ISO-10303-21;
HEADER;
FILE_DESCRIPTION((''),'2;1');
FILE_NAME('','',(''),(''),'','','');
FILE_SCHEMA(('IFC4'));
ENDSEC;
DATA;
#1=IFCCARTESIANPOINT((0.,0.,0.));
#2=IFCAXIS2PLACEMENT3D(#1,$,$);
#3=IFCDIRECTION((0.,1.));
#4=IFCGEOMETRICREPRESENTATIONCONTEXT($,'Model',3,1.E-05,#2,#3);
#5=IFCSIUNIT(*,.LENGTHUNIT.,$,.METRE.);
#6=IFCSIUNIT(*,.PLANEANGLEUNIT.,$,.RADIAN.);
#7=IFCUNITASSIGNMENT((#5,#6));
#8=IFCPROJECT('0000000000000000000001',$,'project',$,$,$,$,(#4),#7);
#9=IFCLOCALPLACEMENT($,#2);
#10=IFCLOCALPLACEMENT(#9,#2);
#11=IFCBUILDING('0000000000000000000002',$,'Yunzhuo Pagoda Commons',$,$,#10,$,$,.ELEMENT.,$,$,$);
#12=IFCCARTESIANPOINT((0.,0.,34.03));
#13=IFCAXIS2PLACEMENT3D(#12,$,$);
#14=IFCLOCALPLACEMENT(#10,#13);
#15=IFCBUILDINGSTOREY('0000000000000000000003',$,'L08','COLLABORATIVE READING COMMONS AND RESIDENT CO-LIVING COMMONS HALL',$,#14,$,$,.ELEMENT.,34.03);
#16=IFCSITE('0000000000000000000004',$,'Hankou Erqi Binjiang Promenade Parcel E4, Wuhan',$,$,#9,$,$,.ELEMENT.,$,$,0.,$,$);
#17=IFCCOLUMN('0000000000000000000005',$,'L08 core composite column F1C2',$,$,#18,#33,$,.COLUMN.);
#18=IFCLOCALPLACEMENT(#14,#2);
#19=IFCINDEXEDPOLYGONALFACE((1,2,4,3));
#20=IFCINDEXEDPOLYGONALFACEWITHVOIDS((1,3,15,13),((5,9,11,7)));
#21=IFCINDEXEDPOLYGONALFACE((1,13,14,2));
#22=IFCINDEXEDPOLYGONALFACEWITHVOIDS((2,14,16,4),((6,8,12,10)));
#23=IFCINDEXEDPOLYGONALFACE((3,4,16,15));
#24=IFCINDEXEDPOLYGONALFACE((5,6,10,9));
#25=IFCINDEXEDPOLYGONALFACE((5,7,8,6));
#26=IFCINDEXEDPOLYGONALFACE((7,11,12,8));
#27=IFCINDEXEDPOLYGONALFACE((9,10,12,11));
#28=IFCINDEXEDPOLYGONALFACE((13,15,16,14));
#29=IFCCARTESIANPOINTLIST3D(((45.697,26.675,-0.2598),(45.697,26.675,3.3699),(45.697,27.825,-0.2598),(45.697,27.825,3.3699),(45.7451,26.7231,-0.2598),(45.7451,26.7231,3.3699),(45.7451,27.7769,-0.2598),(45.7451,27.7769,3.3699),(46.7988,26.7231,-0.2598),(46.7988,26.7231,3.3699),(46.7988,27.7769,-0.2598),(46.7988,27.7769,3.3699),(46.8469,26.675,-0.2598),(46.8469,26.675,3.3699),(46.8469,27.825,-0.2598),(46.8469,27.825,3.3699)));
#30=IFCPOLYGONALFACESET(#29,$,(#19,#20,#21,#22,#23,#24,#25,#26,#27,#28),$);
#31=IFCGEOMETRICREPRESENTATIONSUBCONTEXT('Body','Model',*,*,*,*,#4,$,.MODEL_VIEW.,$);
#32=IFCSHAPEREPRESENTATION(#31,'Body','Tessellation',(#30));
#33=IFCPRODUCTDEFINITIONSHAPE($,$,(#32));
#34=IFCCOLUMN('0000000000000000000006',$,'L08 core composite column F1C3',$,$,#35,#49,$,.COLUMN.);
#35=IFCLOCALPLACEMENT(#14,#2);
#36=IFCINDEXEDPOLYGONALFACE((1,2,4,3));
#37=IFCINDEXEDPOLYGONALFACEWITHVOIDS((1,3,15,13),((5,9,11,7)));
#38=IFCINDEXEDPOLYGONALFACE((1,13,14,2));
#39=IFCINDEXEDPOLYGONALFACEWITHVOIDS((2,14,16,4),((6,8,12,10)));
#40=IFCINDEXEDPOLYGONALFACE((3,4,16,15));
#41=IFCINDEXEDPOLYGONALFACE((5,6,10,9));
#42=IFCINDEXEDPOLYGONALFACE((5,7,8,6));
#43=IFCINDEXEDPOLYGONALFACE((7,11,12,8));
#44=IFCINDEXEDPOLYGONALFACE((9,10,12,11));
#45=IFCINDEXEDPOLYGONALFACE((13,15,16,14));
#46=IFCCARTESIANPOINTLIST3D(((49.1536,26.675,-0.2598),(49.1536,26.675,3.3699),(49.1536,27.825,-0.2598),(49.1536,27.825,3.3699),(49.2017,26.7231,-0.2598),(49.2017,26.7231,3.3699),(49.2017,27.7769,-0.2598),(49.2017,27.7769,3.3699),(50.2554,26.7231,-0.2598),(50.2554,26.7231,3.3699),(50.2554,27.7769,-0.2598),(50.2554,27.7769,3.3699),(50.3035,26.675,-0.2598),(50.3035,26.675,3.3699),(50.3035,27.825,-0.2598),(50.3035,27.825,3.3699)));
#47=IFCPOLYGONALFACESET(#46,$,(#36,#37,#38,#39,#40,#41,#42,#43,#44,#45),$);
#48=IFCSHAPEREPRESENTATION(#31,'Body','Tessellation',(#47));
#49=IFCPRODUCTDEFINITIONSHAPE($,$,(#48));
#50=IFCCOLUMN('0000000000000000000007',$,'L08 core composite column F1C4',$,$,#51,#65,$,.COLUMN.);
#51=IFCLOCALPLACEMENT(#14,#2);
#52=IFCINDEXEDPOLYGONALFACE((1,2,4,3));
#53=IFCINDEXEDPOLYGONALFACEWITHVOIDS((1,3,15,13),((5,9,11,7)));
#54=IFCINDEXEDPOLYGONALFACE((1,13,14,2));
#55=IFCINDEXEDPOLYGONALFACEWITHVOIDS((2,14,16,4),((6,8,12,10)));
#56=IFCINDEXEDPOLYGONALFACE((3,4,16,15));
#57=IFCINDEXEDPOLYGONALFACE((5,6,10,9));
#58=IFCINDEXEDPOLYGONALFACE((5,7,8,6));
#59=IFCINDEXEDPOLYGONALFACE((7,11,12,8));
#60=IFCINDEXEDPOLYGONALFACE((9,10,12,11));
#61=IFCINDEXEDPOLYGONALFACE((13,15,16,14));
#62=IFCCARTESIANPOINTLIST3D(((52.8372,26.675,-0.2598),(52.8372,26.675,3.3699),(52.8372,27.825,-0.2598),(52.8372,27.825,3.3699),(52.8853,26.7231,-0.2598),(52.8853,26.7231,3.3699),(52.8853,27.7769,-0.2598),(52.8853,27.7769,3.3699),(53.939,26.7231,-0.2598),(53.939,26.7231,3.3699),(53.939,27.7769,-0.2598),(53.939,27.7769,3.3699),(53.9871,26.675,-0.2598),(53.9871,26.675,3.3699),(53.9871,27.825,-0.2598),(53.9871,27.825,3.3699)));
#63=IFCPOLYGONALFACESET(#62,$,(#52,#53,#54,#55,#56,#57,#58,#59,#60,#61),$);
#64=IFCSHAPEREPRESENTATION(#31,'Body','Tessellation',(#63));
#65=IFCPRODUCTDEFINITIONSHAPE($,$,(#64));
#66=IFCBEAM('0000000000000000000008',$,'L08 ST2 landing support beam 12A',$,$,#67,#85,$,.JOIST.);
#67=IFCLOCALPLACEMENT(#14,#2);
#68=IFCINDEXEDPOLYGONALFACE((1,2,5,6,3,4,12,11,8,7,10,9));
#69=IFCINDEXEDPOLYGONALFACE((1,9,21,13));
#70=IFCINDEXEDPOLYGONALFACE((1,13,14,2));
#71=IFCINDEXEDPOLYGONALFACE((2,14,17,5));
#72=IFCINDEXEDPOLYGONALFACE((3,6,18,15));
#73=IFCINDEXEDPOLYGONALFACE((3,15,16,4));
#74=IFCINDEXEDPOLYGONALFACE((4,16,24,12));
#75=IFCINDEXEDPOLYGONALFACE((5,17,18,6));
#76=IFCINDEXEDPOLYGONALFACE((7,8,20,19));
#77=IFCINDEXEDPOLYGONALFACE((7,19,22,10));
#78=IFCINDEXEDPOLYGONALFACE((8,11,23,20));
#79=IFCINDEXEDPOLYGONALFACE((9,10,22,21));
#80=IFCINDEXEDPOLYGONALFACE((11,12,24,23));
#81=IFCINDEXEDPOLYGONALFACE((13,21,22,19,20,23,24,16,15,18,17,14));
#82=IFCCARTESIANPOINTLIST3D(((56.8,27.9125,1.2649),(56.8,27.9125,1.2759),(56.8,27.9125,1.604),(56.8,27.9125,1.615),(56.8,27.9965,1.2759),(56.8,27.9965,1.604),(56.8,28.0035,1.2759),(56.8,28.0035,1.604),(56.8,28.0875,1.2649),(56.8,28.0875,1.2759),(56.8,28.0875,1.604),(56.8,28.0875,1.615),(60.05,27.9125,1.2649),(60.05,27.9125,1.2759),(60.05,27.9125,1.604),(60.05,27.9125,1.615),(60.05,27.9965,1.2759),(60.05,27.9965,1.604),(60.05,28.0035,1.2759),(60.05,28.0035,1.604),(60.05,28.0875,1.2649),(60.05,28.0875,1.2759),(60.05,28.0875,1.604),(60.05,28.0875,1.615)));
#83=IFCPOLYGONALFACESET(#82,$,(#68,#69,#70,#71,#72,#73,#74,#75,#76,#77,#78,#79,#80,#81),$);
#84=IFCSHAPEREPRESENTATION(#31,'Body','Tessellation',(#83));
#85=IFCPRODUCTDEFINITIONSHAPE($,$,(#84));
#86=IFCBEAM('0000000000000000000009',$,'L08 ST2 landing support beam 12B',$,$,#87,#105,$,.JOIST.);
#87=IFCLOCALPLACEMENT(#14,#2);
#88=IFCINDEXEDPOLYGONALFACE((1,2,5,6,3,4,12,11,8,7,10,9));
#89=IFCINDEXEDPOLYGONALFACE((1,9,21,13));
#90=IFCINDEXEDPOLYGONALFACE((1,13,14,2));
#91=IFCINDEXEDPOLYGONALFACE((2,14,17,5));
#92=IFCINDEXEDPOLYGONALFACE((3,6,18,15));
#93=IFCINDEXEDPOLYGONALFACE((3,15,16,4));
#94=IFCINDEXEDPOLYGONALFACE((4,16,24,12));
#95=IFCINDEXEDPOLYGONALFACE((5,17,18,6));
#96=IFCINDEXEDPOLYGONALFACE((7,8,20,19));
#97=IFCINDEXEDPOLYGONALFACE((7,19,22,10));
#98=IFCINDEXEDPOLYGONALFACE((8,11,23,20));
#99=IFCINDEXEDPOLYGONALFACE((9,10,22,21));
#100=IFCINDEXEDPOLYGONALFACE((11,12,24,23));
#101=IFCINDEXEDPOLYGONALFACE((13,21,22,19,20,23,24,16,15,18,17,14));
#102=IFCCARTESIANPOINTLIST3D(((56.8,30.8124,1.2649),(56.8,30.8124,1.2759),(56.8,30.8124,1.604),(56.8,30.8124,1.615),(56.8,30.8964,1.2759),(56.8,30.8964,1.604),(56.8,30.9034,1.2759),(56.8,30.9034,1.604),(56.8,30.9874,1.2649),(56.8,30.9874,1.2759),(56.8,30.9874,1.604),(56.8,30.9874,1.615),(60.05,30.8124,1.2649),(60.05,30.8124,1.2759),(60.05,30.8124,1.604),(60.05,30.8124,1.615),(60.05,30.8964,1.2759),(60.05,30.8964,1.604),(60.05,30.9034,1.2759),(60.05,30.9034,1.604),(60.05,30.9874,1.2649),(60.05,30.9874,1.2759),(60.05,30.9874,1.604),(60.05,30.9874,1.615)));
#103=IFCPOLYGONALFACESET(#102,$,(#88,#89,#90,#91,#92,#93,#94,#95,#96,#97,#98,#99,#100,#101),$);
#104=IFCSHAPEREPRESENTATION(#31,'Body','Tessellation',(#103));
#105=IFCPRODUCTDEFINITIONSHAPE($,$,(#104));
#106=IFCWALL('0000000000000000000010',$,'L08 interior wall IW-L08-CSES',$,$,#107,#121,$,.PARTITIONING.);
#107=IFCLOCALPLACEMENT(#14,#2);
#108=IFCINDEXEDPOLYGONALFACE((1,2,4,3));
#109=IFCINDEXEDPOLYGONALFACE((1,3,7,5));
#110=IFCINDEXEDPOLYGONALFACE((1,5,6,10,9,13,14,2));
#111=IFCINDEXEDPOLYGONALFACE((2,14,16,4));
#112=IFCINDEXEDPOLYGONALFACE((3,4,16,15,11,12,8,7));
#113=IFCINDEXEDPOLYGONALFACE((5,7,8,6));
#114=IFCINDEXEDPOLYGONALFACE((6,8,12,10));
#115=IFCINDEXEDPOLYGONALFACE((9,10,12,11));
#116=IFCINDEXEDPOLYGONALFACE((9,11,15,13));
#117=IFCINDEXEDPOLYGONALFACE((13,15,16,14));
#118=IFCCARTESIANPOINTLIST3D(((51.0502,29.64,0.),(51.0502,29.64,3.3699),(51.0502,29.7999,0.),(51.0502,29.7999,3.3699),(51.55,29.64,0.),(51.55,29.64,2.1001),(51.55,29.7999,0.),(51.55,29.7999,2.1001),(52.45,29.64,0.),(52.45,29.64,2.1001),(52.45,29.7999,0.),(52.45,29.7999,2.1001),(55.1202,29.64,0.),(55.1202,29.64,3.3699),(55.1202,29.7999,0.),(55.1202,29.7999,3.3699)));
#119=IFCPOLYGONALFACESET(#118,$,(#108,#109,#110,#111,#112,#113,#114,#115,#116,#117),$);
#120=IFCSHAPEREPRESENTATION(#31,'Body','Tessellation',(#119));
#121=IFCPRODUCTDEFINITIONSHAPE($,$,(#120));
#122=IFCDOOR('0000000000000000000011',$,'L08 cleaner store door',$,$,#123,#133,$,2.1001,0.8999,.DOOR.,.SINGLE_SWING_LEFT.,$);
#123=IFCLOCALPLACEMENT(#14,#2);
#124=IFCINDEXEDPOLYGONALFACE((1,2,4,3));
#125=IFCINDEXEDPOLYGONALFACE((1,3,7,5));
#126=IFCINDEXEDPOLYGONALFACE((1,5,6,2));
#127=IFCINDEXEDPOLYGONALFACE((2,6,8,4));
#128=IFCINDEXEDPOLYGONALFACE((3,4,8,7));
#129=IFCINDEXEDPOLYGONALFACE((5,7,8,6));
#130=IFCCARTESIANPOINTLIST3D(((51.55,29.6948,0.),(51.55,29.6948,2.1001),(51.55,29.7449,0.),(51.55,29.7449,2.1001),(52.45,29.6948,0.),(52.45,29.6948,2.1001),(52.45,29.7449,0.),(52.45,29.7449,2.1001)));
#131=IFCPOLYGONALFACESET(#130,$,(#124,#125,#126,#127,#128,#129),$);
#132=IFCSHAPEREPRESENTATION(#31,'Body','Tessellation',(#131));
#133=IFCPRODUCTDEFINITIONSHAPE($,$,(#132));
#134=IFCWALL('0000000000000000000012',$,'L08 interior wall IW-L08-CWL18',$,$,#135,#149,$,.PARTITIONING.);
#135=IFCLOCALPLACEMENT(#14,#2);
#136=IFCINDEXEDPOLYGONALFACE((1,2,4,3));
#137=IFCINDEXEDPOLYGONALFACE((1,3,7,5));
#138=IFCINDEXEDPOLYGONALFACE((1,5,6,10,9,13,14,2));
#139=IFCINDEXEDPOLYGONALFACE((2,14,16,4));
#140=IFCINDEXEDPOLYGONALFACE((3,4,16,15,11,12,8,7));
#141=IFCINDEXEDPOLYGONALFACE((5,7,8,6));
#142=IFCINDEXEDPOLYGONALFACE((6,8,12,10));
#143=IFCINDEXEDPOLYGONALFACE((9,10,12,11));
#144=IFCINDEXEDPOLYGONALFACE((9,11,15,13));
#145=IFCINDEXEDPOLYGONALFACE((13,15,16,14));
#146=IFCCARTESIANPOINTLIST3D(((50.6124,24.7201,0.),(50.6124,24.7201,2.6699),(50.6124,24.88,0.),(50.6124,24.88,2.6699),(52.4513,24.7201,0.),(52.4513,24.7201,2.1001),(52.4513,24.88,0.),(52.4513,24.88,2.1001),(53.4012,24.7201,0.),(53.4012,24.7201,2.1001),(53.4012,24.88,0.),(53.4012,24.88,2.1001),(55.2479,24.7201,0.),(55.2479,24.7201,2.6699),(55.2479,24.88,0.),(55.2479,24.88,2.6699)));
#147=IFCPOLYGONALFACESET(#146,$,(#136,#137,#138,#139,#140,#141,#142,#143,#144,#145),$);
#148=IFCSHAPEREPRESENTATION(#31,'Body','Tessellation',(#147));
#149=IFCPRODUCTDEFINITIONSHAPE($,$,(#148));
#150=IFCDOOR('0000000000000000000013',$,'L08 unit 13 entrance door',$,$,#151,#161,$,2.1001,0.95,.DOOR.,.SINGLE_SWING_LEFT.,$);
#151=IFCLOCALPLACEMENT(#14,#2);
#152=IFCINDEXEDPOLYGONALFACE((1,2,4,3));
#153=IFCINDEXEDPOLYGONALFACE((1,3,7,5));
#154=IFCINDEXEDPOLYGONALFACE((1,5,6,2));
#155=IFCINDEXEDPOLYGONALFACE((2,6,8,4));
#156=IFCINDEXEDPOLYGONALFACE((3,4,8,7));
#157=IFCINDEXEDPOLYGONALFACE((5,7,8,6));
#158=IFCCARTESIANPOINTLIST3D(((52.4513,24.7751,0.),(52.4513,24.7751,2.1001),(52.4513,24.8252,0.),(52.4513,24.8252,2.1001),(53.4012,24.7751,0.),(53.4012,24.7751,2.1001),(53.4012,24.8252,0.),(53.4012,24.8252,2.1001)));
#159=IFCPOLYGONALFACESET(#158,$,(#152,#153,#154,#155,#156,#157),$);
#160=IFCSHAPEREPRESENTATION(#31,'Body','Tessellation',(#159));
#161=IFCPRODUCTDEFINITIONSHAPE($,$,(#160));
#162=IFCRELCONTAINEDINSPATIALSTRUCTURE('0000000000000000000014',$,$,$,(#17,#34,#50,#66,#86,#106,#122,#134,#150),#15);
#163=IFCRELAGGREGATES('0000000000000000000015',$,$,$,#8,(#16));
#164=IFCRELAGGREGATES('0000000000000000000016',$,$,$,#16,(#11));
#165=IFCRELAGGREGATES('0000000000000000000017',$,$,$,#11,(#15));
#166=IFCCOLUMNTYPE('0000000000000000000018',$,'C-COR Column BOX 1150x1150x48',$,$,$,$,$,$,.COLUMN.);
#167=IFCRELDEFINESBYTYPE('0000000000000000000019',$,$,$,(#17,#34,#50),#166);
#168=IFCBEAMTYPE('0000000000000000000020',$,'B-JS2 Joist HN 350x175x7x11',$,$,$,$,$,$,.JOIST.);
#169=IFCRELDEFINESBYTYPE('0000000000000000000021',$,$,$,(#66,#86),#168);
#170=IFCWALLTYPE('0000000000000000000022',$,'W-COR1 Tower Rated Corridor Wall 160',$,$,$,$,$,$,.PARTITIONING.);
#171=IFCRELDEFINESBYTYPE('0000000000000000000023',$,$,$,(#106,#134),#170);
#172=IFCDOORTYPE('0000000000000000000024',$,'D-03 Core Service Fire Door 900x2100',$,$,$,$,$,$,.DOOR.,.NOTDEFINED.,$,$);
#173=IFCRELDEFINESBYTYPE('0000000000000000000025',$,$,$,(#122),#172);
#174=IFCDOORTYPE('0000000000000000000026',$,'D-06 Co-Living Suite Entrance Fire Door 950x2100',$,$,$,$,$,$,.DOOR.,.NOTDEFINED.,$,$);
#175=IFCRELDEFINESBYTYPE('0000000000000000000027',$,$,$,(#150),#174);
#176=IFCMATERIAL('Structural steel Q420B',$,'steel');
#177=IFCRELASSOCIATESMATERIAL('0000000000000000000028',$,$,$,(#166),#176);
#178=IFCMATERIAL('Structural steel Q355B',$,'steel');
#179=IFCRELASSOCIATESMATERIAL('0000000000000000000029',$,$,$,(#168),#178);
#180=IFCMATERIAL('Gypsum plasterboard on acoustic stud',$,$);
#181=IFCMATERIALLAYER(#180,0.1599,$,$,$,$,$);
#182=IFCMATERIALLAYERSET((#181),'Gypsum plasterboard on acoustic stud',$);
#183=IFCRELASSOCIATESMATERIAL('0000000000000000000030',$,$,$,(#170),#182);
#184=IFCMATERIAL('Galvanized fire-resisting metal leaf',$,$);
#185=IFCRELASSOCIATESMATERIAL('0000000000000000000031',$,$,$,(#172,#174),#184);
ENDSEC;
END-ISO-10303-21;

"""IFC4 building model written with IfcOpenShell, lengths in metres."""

from ifc_helpers import new_model, si_unit, direction, frame, frame_2d, origin, origin_with_axes, origin_2d, place, context, subcontext, project, spatial, rectangle, hollow_rectangle, i_section, extrude, source, transform, mapped, material, layer, layer_set, material_profile, profile_set, type_object, element, fill, save


model = new_model("IFC4")

# Units and contexts
model_context = context("Model", 3, precision=1e-05, world=origin(), true_north=direction((0.0, 1.0)))
body_context = subcontext(model_context, "Body", "Model", "MODEL_VIEW")
ifc_project = project(units=[si_unit("LENGTHUNIT", "METRE"), si_unit("PLANEANGLEUNIT", "RADIAN")], contexts=[model_context])

# Site, building, storey
site_placement = place(None, origin())
site = spatial("IfcSite", under=ifc_project, at=site_placement, Name="Hankou Erqi Binjiang Promenade Parcel E4, Wuhan", CompositionType="ELEMENT", RefElevation=0.0)
building_placement = place(site_placement, origin())
building = spatial("IfcBuilding", under=site, at=building_placement, Name="Yunzhuo Pagoda Commons", CompositionType="ELEMENT")
storey_placement = place(building_placement, frame((0.0, 0.0, 34.03)))
storey = spatial("IfcBuildingStorey", under=building, at=storey_placement, Name="L08", Description="COLLABORATIVE READING COMMONS AND RESIDENT CO-LIVING COMMONS HALL", CompositionType="ELEMENT", Elevation=34.03)

# Columns
ifc_material_1 = material(Name="Structural steel Q420B", Category="steel")
ifc_material_profile_1 = material_profile(ifc_material_1, hollow_rectangle(XDim=1.1499, YDim=1.1499, WallThickness=0.0481, at=origin_2d()), Name="Structural steel Q420B")
ifc_profile_set_1 = profile_set([ifc_material_profile_1], Name="Structural steel Q420B")
column_type = type_object("IfcColumnType", Name="C-COR Column BOX 1150x1150x48", PredefinedType="COLUMN", material=ifc_profile_set_1)
shared_shape_1 = source(origin(), body_context, "Body", "SweptSolid", [
    extrude(hollow_rectangle(XDim=1.1499, YDim=1.1499, WallThickness=0.0481, at=origin_2d()), origin(), (0.0, 0.0, 1.0), 3.6296),
])
for number, where, z_axis, x_axis, name in (
    (1, (46.272, 27.25, -0.2598), (0.0, 0.0, 1.0), (1.0, 0.0, 0.0), "L08 core composite column F1C2"),
    (2, (49.7285, 27.25, -0.2598), (0.0, 0.0, 1.0), (1.0, 0.0, 0.0), "L08 core composite column F1C3"),
    (3, (53.4121, 27.25, -0.2598), (0.0, 0.0, 1.0), (1.0, 0.0, 0.0), "L08 core composite column F1C4"),
):
    element("IfcColumn", number, at=place(storey_placement, frame(where, z_axis=z_axis, x_axis=x_axis)), inside=storey, type_object=column_type, Name=name, PredefinedType="COLUMN", context=body_context, shape_type="MappedRepresentation", body=[
        mapped(shared_shape_1, transform((0.0, 0.0, 0.0), scale=1.0)),
    ])

# Beams
ifc_material_2 = material(Name="Structural steel Q355B", Category="steel")
ifc_material_profile_2 = material_profile(ifc_material_2, i_section(OverallWidth=0.175, OverallDepth=0.3501, WebThickness=0.0071, FlangeThickness=0.011, at=origin_2d()), Name="Structural steel Q355B")
ifc_profile_set_2 = profile_set([ifc_material_profile_2], Name="Structural steel Q355B")
beam_type = type_object("IfcBeamType", Name="B-JS2 Joist HN 350x175x7x11", PredefinedType="JOIST", material=ifc_profile_set_2)
shared_shape_2 = source(origin(), body_context, "Body", "SweptSolid", [
    extrude(i_section(OverallWidth=0.175, OverallDepth=0.3501, WebThickness=0.0071, FlangeThickness=0.011, at=origin_2d()), origin(), (0.0, 0.0, 1.0), 3.25),
])
for number, where, z_axis, x_axis, name in (
    (4, (56.8, 28.0, 1.4399), (1.0, 0.0, 0.0), (0.0, 1.0, 0.0), "L08 ST2 landing support beam 12A"),
    (5, (56.8, 30.8999, 1.4399), (1.0, 0.0, 0.0), (0.0, 1.0, 0.0), "L08 ST2 landing support beam 12B"),
):
    element("IfcBeam", number, at=place(storey_placement, frame(where, z_axis=z_axis, x_axis=x_axis)), inside=storey, type_object=beam_type, Name=name, PredefinedType="JOIST", context=body_context, shape_type="MappedRepresentation", body=[
        mapped(shared_shape_2, transform((0.0, 0.0, 0.0), scale=1.0)),
    ])

# Walls, openings, doors
ifc_material_3 = material(Name="Gypsum plasterboard on acoustic stud")
ifc_layer_1 = layer(ifc_material_3, 0.1599)
ifc_layer_set_1 = layer_set([ifc_layer_1], Name="Gypsum plasterboard on acoustic stud")
wall_type_1 = type_object("IfcWallType", Name="W-COR1 Tower Rated Corridor Wall 160", PredefinedType="PARTITIONING", material=ifc_layer_set_1)
wall_1_placement = place(storey_placement, frame((51.05, 29.72, 0.0), z_axis=(0.0, 0.0, 1.0), x_axis=(1.0, 0.0, 0.0)))
wall_1 = element("IfcWall", 6, at=wall_1_placement, inside=storey, type_object=wall_type_1, Name="L08 interior wall IW-L08-CSES", PredefinedType="PARTITIONING", context=body_context, shape_type="SweptSolid", body=[
    extrude(rectangle(XDim=4.0701, YDim=0.1599, at=frame_2d((2.0352, 0.0))), origin(), (0.0, 0.0, 1.0), 3.3699),
])
opening_1_placement = place(wall_1_placement, frame((0.5, 0.0, 0.0)))
opening_1 = element("IfcOpeningElement", 7, at=opening_1_placement, cuts=wall_1, PredefinedType="OPENING", context=body_context, shape_type="SweptSolid", body=[
    extrude(rectangle(XDim=0.8999, YDim=2.1001, at=frame_2d((0.45, 1.05))), frame((0.0, 0.0898, 0.0), z_axis=(0.0, -1.0, 0.0), x_axis=(1.0, 0.0, 0.0)), (0.0, 0.0, 1.0), 0.1799),
])
ifc_material_4 = material(Name="Galvanized fire-resisting metal leaf")
door_type_1 = type_object("IfcDoorType", Name="D-03 Core Service Fire Door 900x2100", OperationType="NOTDEFINED", PredefinedType="DOOR", material=ifc_material_4)
shared_shape_3 = source(origin(), body_context, "Body", "SweptSolid", [
    extrude(rectangle(XDim=0.8999, YDim=2.1001, at=frame_2d((0.45, 1.05))), frame((0.0, 0.0249, 0.0), z_axis=(0.0, -1.0, 0.0), x_axis=(1.0, 0.0, 0.0)), (0.0, 0.0, 1.0), 0.05),
])
door_1_placement = place(opening_1_placement, origin_with_axes())
door_1 = element("IfcDoor", 8, at=door_1_placement, inside=storey, type_object=door_type_1, Name="L08 cleaner store door", OperationType="SINGLE_SWING_LEFT", OverallHeight=2.1001, OverallWidth=0.8999, PredefinedType="DOOR", context=body_context, shape_type="MappedRepresentation", body=[
    mapped(shared_shape_3, transform((0.0, 0.0, 0.0), scale=1.0)),
])
fill(opening_1, door_1)
wall_2_placement = place(storey_placement, frame((55.248, 24.8, 0.0), z_axis=(0.0, 0.0, 1.0), x_axis=(-1.0, 0.0, 0.0)))
wall_2 = element("IfcWall", 9, at=wall_2_placement, inside=storey, type_object=wall_type_1, Name="L08 interior wall IW-L08-CWL18", PredefinedType="PARTITIONING", context=body_context, shape_type="SweptSolid", body=[
    extrude(rectangle(XDim=4.6355, YDim=0.1599, at=frame_2d((2.3179, 0.0))), origin(), (0.0, 0.0, 1.0), 2.6699),
])
opening_2_placement = place(wall_2_placement, frame((1.8467, 0.0, 0.0)))
opening_2 = element("IfcOpeningElement", 10, at=opening_2_placement, cuts=wall_2, PredefinedType="OPENING", context=body_context, shape_type="SweptSolid", body=[
    extrude(rectangle(XDim=0.95, YDim=2.1001, at=frame_2d((0.4751, 1.05))), frame((0.0, 0.0898, 0.0), z_axis=(0.0, -1.0, 0.0), x_axis=(1.0, 0.0, 0.0)), (0.0, 0.0, 1.0), 0.1799),
])
door_type_2 = type_object("IfcDoorType", Name="D-06 Co-Living Suite Entrance Fire Door 950x2100", OperationType="NOTDEFINED", PredefinedType="DOOR", material=ifc_material_4)
shared_shape_4 = source(origin(), body_context, "Body", "SweptSolid", [
    extrude(rectangle(XDim=0.95, YDim=2.1001, at=frame_2d((0.4751, 1.05))), frame((0.0, 0.0249, 0.0), z_axis=(0.0, -1.0, 0.0), x_axis=(1.0, 0.0, 0.0)), (0.0, 0.0, 1.0), 0.05),
])
door_2_placement = place(opening_2_placement, origin_with_axes())
door_2 = element("IfcDoor", 11, at=door_2_placement, inside=storey, type_object=door_type_2, Name="L08 unit 13 entrance door", OperationType="SINGLE_SWING_LEFT", OverallHeight=2.1001, OverallWidth=0.95, PredefinedType="DOOR", context=body_context, shape_type="MappedRepresentation", body=[
    mapped(shared_shape_4, transform((0.0, 0.0, 0.0), scale=1.0)),
])
fill(opening_2, door_2)

save(model, "model.ifc")
